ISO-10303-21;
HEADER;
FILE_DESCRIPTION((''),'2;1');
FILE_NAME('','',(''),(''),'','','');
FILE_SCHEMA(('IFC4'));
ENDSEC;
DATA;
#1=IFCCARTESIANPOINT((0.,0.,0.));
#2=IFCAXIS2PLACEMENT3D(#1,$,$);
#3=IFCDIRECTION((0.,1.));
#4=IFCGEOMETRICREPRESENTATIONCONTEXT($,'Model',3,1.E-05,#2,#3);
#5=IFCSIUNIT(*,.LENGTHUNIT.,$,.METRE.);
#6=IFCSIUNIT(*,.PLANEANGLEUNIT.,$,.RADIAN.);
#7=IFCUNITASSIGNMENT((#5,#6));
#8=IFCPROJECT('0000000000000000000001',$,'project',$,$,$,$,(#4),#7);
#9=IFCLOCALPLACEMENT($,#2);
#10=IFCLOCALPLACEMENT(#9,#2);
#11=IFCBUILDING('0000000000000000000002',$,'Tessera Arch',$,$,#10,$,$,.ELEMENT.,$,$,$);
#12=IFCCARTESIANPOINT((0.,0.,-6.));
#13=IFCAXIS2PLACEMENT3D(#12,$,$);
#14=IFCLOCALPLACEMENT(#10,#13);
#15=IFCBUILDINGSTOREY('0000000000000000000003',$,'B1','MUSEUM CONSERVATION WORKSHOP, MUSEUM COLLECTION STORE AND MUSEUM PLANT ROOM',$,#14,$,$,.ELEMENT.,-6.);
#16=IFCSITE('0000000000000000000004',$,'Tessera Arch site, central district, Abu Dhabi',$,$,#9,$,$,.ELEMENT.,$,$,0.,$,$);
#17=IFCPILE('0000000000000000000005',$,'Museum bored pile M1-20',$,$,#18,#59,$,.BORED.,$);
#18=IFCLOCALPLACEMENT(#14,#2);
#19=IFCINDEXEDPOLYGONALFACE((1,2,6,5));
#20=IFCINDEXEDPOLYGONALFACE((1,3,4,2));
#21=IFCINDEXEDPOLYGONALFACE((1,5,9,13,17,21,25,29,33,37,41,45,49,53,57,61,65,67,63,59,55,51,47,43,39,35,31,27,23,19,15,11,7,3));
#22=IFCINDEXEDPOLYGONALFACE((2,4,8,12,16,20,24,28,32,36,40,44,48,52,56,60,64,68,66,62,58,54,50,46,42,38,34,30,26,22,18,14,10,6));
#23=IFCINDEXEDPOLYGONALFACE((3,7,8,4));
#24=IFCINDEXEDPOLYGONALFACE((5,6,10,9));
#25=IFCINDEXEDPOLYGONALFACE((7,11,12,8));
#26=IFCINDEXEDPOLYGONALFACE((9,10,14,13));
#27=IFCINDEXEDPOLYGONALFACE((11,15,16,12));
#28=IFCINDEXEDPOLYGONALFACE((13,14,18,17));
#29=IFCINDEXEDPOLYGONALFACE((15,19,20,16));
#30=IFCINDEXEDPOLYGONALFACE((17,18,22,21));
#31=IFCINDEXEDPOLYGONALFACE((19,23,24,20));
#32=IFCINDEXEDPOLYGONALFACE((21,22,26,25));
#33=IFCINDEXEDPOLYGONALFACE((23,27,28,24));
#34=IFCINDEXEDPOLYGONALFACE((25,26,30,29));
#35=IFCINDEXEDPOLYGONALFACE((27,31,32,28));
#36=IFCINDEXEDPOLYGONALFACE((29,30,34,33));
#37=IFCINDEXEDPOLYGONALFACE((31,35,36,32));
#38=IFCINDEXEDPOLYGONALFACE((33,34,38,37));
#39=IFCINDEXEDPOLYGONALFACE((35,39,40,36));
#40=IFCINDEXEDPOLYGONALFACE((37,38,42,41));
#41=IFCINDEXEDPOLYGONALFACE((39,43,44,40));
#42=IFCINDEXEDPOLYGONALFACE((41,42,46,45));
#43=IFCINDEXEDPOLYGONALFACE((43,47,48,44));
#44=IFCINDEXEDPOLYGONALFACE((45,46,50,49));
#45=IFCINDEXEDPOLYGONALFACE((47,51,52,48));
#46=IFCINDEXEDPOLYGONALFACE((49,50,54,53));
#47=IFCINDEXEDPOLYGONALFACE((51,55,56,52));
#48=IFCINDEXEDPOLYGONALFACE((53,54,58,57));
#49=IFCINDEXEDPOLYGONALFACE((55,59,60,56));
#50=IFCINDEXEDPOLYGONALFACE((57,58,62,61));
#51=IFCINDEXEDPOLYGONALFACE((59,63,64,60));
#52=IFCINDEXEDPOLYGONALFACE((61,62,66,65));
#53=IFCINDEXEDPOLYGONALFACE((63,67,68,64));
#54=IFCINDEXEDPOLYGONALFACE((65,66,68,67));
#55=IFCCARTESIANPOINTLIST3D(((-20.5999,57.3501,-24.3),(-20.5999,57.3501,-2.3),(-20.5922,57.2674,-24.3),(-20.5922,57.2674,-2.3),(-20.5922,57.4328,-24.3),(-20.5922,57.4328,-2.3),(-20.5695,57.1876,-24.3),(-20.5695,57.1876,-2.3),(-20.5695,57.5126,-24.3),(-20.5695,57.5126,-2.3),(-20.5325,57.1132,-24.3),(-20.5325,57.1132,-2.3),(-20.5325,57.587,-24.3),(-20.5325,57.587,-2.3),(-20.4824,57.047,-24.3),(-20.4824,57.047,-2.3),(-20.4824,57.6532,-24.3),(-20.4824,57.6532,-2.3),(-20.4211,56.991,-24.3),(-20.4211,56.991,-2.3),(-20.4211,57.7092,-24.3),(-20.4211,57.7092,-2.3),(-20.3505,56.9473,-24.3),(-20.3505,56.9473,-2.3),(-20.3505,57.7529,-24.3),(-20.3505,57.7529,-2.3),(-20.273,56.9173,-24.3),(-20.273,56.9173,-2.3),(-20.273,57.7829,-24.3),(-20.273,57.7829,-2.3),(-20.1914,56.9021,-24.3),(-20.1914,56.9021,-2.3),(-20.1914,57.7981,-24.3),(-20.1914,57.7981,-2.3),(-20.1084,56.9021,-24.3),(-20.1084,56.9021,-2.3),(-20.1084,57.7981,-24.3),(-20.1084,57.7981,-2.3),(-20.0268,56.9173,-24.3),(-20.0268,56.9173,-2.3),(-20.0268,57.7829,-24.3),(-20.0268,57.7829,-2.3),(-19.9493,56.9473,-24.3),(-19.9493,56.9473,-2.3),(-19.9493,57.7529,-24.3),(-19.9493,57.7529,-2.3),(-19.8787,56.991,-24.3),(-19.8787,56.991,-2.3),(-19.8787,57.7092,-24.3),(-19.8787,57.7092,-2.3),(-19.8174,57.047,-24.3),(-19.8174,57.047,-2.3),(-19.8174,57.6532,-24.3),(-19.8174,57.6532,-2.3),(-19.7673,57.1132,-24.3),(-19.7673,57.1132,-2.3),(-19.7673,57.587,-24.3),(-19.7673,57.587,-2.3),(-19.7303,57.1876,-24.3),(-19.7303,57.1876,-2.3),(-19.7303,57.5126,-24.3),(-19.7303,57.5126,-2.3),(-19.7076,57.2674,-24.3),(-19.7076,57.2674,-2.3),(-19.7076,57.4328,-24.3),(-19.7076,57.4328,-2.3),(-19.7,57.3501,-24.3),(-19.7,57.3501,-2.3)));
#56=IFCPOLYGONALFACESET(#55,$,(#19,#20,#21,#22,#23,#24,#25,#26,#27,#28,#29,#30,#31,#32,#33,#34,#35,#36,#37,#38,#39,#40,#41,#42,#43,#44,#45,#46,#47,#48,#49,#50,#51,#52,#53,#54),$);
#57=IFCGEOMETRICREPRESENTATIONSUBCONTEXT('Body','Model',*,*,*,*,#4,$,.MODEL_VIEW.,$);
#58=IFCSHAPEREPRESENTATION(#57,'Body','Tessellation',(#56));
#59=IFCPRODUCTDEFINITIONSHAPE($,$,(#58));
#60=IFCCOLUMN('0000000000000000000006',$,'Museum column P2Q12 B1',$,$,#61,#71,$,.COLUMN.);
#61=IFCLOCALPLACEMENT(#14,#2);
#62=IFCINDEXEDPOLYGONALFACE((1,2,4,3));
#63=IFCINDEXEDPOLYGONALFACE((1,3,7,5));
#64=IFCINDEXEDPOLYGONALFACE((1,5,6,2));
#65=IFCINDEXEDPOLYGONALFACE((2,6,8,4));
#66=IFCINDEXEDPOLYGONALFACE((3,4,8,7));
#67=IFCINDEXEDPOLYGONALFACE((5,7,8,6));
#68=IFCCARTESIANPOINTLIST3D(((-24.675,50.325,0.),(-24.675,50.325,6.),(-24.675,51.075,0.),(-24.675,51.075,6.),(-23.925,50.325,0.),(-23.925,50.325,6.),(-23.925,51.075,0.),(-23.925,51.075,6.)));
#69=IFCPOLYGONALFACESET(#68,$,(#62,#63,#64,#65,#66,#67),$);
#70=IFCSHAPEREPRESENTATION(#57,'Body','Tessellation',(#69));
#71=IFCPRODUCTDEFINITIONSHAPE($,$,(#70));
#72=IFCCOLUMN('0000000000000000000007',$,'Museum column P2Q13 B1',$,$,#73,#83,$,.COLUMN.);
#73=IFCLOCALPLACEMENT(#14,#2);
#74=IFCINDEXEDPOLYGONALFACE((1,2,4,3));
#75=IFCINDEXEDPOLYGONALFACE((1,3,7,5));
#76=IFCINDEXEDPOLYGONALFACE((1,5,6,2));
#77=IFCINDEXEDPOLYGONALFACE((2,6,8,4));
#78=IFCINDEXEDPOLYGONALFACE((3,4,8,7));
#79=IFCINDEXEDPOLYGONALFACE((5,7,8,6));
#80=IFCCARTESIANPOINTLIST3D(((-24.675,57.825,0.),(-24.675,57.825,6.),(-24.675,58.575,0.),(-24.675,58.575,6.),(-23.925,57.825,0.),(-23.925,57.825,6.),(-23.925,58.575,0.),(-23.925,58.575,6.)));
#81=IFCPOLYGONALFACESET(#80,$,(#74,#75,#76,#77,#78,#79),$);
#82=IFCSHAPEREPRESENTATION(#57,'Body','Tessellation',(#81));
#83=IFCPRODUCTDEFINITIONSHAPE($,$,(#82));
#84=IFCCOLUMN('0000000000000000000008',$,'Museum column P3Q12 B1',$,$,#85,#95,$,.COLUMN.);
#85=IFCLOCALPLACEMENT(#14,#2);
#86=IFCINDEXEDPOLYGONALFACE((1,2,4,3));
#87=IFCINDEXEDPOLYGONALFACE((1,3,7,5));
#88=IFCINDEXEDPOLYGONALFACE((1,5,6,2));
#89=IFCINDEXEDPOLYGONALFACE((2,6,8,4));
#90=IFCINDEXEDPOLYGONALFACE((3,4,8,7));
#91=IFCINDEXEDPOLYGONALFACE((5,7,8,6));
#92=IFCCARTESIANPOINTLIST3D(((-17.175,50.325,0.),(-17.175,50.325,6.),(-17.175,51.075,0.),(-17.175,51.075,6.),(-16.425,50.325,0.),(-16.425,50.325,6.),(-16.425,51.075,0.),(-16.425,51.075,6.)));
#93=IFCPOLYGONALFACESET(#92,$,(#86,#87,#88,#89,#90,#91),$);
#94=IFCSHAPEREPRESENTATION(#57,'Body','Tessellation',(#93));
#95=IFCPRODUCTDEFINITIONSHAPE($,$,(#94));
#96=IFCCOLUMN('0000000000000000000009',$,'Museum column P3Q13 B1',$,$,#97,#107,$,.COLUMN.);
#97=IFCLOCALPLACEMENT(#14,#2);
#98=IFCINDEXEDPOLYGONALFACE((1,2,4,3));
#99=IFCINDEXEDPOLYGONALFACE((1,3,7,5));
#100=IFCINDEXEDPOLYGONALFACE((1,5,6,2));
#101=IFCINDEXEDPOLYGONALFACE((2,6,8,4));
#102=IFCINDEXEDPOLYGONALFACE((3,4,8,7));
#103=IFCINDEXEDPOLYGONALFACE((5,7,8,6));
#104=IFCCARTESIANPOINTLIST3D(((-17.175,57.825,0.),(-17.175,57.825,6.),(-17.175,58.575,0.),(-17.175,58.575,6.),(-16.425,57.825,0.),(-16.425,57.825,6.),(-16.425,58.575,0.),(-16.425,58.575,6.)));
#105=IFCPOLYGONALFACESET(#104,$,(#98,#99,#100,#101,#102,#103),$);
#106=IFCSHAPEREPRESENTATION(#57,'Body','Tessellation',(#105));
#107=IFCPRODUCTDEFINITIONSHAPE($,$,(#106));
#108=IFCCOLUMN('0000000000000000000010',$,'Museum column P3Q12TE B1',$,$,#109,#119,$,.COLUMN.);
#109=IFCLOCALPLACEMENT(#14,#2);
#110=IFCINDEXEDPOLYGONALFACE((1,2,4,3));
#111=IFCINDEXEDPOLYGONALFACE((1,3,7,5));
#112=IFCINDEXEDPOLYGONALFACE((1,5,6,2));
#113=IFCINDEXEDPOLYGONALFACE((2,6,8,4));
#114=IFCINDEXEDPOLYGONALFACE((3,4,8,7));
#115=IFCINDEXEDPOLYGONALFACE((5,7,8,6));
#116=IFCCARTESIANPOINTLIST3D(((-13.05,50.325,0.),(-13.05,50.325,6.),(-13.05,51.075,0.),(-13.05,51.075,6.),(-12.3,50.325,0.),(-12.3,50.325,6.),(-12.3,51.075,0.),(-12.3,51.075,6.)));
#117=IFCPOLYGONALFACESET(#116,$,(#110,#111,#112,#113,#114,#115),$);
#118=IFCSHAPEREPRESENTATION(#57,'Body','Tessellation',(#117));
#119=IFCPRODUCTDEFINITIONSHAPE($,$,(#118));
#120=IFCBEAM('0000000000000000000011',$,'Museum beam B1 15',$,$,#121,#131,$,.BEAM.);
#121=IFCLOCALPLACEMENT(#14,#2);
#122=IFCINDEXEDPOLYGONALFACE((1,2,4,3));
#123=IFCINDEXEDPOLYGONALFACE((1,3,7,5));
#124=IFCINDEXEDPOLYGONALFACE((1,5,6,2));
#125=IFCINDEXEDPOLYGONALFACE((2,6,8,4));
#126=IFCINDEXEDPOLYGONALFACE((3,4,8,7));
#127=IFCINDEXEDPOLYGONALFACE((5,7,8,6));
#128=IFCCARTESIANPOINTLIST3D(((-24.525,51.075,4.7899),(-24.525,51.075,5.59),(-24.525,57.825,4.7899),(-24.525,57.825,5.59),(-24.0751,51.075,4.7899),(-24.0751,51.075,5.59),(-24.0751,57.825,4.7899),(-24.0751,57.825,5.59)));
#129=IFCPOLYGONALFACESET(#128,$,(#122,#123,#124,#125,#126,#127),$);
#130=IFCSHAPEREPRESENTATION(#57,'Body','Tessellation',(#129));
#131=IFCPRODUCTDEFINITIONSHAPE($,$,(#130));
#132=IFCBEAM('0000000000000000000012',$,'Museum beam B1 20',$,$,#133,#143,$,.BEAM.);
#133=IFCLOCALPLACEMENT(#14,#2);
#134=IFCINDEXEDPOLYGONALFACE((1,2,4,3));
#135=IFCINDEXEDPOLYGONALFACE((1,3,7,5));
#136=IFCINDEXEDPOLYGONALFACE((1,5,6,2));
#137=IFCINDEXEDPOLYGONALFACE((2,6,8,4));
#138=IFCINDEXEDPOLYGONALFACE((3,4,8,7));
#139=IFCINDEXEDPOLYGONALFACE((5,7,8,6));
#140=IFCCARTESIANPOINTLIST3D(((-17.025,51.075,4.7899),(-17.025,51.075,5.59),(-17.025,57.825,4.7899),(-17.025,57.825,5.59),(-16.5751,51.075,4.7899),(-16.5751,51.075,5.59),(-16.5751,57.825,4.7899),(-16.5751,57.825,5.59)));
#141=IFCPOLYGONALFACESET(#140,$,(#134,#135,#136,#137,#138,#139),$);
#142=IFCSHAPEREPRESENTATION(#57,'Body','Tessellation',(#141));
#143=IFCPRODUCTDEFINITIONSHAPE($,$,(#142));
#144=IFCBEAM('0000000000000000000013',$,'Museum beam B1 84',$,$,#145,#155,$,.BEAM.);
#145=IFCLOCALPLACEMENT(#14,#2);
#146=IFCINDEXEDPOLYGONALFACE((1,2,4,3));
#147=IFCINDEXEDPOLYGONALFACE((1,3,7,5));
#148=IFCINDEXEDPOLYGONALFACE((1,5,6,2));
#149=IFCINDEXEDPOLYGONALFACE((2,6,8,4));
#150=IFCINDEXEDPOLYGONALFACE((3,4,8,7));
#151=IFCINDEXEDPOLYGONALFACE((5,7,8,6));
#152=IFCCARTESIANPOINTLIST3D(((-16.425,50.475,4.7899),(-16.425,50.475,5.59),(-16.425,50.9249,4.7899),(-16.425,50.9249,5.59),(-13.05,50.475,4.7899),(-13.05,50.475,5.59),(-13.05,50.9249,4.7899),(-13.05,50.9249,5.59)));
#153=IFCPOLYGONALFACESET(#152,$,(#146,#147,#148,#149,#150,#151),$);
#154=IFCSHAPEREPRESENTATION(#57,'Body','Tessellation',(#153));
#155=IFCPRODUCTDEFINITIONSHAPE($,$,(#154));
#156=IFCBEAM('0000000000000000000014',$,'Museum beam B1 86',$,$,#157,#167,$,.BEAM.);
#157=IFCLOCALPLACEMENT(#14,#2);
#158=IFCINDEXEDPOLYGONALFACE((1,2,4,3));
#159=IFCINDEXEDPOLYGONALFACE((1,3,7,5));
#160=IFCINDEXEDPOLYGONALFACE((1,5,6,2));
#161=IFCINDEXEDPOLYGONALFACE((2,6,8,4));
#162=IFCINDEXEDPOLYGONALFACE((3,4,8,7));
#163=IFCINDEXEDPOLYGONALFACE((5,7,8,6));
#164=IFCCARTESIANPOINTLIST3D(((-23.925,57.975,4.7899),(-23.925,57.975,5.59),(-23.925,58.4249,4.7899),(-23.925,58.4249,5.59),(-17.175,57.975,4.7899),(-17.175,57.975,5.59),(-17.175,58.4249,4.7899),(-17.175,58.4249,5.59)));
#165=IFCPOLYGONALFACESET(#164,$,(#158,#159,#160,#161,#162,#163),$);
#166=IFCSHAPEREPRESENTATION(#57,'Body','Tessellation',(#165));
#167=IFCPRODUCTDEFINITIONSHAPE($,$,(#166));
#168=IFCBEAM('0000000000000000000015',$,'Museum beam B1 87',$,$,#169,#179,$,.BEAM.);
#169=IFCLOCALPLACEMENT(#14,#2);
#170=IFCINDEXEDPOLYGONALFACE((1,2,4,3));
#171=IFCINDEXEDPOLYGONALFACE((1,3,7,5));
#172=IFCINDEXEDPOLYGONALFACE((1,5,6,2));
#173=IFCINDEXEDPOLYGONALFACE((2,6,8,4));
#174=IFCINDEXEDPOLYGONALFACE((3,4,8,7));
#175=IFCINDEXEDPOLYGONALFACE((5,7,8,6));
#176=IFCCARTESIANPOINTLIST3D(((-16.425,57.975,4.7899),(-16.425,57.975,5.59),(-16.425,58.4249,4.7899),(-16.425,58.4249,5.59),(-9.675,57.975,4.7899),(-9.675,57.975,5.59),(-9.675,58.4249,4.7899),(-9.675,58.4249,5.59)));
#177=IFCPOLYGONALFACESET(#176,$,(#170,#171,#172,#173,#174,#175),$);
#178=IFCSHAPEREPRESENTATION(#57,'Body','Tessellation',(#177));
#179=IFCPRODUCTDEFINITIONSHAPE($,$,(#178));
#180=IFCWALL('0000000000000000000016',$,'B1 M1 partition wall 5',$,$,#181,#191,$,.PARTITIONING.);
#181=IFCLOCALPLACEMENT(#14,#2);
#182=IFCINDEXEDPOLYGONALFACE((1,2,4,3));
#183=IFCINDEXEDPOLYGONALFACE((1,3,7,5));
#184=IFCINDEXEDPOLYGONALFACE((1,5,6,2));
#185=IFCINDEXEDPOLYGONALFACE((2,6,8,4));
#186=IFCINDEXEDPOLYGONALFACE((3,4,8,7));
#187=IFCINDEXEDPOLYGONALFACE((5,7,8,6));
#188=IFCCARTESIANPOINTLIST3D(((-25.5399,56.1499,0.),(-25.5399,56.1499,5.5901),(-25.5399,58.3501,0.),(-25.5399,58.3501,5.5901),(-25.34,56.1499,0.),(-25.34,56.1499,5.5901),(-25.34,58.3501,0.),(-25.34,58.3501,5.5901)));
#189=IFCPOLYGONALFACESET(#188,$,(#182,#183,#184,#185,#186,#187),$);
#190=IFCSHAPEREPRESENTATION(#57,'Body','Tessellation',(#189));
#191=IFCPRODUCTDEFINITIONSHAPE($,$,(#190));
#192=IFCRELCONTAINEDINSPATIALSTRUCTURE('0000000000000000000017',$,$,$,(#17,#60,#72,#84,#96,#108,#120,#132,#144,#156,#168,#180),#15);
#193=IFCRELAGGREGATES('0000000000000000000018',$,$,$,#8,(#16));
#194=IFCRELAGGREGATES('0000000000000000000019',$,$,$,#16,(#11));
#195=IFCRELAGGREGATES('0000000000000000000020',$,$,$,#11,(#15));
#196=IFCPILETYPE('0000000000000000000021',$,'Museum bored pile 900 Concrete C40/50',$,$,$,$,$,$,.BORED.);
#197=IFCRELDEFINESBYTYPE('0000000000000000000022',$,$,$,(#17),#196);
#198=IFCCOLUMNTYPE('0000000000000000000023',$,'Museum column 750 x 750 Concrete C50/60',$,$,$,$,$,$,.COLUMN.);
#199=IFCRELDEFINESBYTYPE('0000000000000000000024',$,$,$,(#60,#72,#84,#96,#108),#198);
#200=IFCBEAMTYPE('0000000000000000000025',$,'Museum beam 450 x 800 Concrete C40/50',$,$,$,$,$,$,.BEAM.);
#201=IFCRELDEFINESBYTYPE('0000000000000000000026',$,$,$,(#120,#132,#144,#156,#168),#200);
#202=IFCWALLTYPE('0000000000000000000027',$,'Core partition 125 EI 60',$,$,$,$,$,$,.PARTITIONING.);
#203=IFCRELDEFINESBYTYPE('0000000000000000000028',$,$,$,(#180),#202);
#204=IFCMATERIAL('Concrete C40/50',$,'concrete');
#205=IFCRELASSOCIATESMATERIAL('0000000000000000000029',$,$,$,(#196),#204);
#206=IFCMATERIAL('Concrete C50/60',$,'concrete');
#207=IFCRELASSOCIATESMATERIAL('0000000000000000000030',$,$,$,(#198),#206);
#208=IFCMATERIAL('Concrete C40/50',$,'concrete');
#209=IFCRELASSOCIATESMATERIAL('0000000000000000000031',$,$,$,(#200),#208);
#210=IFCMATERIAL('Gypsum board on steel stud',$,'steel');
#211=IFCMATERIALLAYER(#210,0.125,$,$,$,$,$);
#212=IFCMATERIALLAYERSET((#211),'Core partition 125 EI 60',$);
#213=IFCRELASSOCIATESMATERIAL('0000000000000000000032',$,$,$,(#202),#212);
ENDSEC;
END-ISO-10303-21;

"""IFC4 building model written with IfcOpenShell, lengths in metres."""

from ifc_helpers import new_model, si_unit, direction, frame, frame_2d, origin, origin_2d, place, context, subcontext, project, spatial, rectangle, circle, extrude, material, layer, layer_set, material_profile, profile_set, type_object, element, save


model = new_model("IFC4")

# Units and contexts
model_context = context("Model", 3, precision=1e-05, world=origin(), true_north=direction((0.0, 1.0)))
body_context = subcontext(model_context, "Body", "Model", "MODEL_VIEW")
ifc_project = project(units=[si_unit("LENGTHUNIT", "METRE"), si_unit("PLANEANGLEUNIT", "RADIAN")], contexts=[model_context])

# Site, building, storey
site_placement = place(None, origin())
site = spatial("IfcSite", under=ifc_project, at=site_placement, Name="Tessera Arch site, central district, Abu Dhabi", CompositionType="ELEMENT", RefElevation=0.0)
building_placement = place(site_placement, origin())
building = spatial("IfcBuilding", under=site, at=building_placement, Name="Tessera Arch", CompositionType="ELEMENT")
storey_placement = place(building_placement, frame((0.0, 0.0, -6.0)))
storey = spatial("IfcBuildingStorey", under=building, at=storey_placement, Name="B1", Description="MUSEUM CONSERVATION WORKSHOP, MUSEUM COLLECTION STORE AND MUSEUM PLANT ROOM", CompositionType="ELEMENT", Elevation=-6.0)

# Pile
ifc_material_1 = material(Name="Concrete C40/50", Category="concrete")
pile_type = type_object("IfcPileType", Name="Museum bored pile 900 Concrete C40/50", PredefinedType="BORED", material=ifc_material_1)
for number, where, z_axis, x_axis, name in (
    (1, (-20.1499, 57.3501, -2.3), (0.0, 0.0, -1.0), (1.0, 0.0, 0.0), "Museum bored pile M1-20"),
):
    element("IfcPile", number, at=place(storey_placement, frame(where, z_axis=z_axis, x_axis=x_axis)), inside=storey, type_object=pile_type, Name=name, PredefinedType="BORED", context=body_context, shape_type="SweptSolid", body=[
        extrude(circle(Radius=0.45, at=origin_2d()), origin(), (0.0, 0.0, 1.0), 22.0),
    ])

# Columns
ifc_material_2 = material(Name="Concrete C50/60", Category="concrete")
ifc_material_profile_1 = material_profile(ifc_material_2, rectangle(XDim=0.75, YDim=0.75, at=origin_2d()), Name="Museum column 750 x 750 Concrete C50/60")
ifc_profile_set_1 = profile_set([ifc_material_profile_1], Name="Concrete C50/60")
column_type = type_object("IfcColumnType", Name="Museum column 750 x 750 Concrete C50/60", PredefinedType="COLUMN", material=ifc_profile_set_1)
for number, where, z_axis, x_axis, name in (
    (2, (-24.3, 50.7, 0.0), (0.0, 0.0, 1.0), (1.0, 0.0, 0.0), "Museum column P2Q12 B1"),
    (3, (-24.3, 58.2, 0.0), (0.0, 0.0, 1.0), (1.0, 0.0, 0.0), "Museum column P2Q13 B1"),
    (4, (-16.8, 50.7, 0.0), (0.0, 0.0, 1.0), (1.0, 0.0, 0.0), "Museum column P3Q12 B1"),
    (5, (-16.8, 58.2, 0.0), (0.0, 0.0, 1.0), (1.0, 0.0, 0.0), "Museum column P3Q13 B1"),
    (6, (-12.675, 50.7, 0.0), (0.0, 0.0, 1.0), (1.0, 0.0, 0.0), "Museum column P3Q12TE B1"),
):
    element("IfcColumn", number, at=place(storey_placement, frame(where, z_axis=z_axis, x_axis=x_axis)), inside=storey, type_object=column_type, Name=name, PredefinedType="COLUMN", context=body_context, shape_type="SweptSolid", body=[
        extrude(rectangle(XDim=0.75, YDim=0.75, at=origin_2d()), origin(), (0.0, 0.0, 1.0), 6.0),
    ])

# Beams
ifc_material_3 = material(Name="Concrete C40/50", Category="concrete")
ifc_material_profile_2 = material_profile(ifc_material_3, rectangle(XDim=0.45, YDim=0.8, at=origin_2d()), Name="Museum beam 450 x 800 Concrete C40/50")
ifc_profile_set_2 = profile_set([ifc_material_profile_2], Name="Concrete C40/50")
beam_type = type_object("IfcBeamType", Name="Museum beam 450 x 800 Concrete C40/50", PredefinedType="BEAM", material=ifc_profile_set_2)
for number, where, z_axis, x_axis, name in (
    (7, (-24.3, 51.075, 5.1899), (0.0, 1.0, 0.0), (-1.0, 0.0, 0.0), "Museum beam B1 15"),
    (8, (-16.8, 51.075, 5.1899), (0.0, 1.0, 0.0), (-1.0, 0.0, 0.0), "Museum beam B1 20"),
):
    element("IfcBeam", number, at=place(storey_placement, frame(where, z_axis=z_axis, x_axis=x_axis)), inside=storey, type_object=beam_type, Name=name, PredefinedType="BEAM", context=body_context, shape_type="SweptSolid", body=[
        extrude(rectangle(XDim=0.45, YDim=0.8, at=origin_2d()), origin(), (0.0, 0.0, 1.0), 6.75),
    ])
beam_placement = place(storey_placement, frame((-16.425, 50.7, 5.1899), z_axis=(1.0, 0.0, 0.0), x_axis=(0.0, 1.0, 0.0)))
element("IfcBeam", 9, at=beam_placement, inside=storey, type_object=beam_type, Name="Museum beam B1 84", PredefinedType="BEAM", context=body_context, shape_type="SweptSolid", body=[
    extrude(rectangle(XDim=0.45, YDim=0.8, at=origin_2d()), origin(), (0.0, 0.0, 1.0), 3.375),
])
for number, where, z_axis, x_axis, name in (
    (10, (-23.925, 58.2, 5.1899), (1.0, 0.0, 0.0), (0.0, 1.0, 0.0), "Museum beam B1 86"),
    (11, (-16.425, 58.2, 5.1899), (1.0, 0.0, 0.0), (0.0, 1.0, 0.0), "Museum beam B1 87"),
):
    element("IfcBeam", number, at=place(storey_placement, frame(where, z_axis=z_axis, x_axis=x_axis)), inside=storey, type_object=beam_type, Name=name, PredefinedType="BEAM", context=body_context, shape_type="SweptSolid", body=[
        extrude(rectangle(XDim=0.45, YDim=0.8, at=origin_2d()), origin(), (0.0, 0.0, 1.0), 6.75),
    ])

# Wall
ifc_material_4 = material(Name="Gypsum board on steel stud", Category="steel")
ifc_layer_1 = layer(ifc_material_4, 0.125)
ifc_layer_set_1 = layer_set([ifc_layer_1], Name="Core partition 125 EI 60")
wall_type_1 = type_object("IfcWallType", Name="Core partition 125 EI 60", PredefinedType="PARTITIONING", material=ifc_layer_set_1)
wall_1_placement = place(storey_placement, frame((-25.4399, 56.1499, 0.0), z_axis=(0.0, 0.0, 1.0), x_axis=(0.0, 1.0, 0.0)))
element("IfcWall", 12, at=wall_1_placement, inside=storey, type_object=wall_type_1, Name="B1 M1 partition wall 5", PredefinedType="PARTITIONING", context=body_context, shape_type="SweptSolid", body=[
    extrude(rectangle(XDim=2.2002, YDim=0.2, at=frame_2d((1.1001, 0.0))), origin(), (0.0, 0.0, 1.0), 5.5901),
])

save(model, "model.ifc")
